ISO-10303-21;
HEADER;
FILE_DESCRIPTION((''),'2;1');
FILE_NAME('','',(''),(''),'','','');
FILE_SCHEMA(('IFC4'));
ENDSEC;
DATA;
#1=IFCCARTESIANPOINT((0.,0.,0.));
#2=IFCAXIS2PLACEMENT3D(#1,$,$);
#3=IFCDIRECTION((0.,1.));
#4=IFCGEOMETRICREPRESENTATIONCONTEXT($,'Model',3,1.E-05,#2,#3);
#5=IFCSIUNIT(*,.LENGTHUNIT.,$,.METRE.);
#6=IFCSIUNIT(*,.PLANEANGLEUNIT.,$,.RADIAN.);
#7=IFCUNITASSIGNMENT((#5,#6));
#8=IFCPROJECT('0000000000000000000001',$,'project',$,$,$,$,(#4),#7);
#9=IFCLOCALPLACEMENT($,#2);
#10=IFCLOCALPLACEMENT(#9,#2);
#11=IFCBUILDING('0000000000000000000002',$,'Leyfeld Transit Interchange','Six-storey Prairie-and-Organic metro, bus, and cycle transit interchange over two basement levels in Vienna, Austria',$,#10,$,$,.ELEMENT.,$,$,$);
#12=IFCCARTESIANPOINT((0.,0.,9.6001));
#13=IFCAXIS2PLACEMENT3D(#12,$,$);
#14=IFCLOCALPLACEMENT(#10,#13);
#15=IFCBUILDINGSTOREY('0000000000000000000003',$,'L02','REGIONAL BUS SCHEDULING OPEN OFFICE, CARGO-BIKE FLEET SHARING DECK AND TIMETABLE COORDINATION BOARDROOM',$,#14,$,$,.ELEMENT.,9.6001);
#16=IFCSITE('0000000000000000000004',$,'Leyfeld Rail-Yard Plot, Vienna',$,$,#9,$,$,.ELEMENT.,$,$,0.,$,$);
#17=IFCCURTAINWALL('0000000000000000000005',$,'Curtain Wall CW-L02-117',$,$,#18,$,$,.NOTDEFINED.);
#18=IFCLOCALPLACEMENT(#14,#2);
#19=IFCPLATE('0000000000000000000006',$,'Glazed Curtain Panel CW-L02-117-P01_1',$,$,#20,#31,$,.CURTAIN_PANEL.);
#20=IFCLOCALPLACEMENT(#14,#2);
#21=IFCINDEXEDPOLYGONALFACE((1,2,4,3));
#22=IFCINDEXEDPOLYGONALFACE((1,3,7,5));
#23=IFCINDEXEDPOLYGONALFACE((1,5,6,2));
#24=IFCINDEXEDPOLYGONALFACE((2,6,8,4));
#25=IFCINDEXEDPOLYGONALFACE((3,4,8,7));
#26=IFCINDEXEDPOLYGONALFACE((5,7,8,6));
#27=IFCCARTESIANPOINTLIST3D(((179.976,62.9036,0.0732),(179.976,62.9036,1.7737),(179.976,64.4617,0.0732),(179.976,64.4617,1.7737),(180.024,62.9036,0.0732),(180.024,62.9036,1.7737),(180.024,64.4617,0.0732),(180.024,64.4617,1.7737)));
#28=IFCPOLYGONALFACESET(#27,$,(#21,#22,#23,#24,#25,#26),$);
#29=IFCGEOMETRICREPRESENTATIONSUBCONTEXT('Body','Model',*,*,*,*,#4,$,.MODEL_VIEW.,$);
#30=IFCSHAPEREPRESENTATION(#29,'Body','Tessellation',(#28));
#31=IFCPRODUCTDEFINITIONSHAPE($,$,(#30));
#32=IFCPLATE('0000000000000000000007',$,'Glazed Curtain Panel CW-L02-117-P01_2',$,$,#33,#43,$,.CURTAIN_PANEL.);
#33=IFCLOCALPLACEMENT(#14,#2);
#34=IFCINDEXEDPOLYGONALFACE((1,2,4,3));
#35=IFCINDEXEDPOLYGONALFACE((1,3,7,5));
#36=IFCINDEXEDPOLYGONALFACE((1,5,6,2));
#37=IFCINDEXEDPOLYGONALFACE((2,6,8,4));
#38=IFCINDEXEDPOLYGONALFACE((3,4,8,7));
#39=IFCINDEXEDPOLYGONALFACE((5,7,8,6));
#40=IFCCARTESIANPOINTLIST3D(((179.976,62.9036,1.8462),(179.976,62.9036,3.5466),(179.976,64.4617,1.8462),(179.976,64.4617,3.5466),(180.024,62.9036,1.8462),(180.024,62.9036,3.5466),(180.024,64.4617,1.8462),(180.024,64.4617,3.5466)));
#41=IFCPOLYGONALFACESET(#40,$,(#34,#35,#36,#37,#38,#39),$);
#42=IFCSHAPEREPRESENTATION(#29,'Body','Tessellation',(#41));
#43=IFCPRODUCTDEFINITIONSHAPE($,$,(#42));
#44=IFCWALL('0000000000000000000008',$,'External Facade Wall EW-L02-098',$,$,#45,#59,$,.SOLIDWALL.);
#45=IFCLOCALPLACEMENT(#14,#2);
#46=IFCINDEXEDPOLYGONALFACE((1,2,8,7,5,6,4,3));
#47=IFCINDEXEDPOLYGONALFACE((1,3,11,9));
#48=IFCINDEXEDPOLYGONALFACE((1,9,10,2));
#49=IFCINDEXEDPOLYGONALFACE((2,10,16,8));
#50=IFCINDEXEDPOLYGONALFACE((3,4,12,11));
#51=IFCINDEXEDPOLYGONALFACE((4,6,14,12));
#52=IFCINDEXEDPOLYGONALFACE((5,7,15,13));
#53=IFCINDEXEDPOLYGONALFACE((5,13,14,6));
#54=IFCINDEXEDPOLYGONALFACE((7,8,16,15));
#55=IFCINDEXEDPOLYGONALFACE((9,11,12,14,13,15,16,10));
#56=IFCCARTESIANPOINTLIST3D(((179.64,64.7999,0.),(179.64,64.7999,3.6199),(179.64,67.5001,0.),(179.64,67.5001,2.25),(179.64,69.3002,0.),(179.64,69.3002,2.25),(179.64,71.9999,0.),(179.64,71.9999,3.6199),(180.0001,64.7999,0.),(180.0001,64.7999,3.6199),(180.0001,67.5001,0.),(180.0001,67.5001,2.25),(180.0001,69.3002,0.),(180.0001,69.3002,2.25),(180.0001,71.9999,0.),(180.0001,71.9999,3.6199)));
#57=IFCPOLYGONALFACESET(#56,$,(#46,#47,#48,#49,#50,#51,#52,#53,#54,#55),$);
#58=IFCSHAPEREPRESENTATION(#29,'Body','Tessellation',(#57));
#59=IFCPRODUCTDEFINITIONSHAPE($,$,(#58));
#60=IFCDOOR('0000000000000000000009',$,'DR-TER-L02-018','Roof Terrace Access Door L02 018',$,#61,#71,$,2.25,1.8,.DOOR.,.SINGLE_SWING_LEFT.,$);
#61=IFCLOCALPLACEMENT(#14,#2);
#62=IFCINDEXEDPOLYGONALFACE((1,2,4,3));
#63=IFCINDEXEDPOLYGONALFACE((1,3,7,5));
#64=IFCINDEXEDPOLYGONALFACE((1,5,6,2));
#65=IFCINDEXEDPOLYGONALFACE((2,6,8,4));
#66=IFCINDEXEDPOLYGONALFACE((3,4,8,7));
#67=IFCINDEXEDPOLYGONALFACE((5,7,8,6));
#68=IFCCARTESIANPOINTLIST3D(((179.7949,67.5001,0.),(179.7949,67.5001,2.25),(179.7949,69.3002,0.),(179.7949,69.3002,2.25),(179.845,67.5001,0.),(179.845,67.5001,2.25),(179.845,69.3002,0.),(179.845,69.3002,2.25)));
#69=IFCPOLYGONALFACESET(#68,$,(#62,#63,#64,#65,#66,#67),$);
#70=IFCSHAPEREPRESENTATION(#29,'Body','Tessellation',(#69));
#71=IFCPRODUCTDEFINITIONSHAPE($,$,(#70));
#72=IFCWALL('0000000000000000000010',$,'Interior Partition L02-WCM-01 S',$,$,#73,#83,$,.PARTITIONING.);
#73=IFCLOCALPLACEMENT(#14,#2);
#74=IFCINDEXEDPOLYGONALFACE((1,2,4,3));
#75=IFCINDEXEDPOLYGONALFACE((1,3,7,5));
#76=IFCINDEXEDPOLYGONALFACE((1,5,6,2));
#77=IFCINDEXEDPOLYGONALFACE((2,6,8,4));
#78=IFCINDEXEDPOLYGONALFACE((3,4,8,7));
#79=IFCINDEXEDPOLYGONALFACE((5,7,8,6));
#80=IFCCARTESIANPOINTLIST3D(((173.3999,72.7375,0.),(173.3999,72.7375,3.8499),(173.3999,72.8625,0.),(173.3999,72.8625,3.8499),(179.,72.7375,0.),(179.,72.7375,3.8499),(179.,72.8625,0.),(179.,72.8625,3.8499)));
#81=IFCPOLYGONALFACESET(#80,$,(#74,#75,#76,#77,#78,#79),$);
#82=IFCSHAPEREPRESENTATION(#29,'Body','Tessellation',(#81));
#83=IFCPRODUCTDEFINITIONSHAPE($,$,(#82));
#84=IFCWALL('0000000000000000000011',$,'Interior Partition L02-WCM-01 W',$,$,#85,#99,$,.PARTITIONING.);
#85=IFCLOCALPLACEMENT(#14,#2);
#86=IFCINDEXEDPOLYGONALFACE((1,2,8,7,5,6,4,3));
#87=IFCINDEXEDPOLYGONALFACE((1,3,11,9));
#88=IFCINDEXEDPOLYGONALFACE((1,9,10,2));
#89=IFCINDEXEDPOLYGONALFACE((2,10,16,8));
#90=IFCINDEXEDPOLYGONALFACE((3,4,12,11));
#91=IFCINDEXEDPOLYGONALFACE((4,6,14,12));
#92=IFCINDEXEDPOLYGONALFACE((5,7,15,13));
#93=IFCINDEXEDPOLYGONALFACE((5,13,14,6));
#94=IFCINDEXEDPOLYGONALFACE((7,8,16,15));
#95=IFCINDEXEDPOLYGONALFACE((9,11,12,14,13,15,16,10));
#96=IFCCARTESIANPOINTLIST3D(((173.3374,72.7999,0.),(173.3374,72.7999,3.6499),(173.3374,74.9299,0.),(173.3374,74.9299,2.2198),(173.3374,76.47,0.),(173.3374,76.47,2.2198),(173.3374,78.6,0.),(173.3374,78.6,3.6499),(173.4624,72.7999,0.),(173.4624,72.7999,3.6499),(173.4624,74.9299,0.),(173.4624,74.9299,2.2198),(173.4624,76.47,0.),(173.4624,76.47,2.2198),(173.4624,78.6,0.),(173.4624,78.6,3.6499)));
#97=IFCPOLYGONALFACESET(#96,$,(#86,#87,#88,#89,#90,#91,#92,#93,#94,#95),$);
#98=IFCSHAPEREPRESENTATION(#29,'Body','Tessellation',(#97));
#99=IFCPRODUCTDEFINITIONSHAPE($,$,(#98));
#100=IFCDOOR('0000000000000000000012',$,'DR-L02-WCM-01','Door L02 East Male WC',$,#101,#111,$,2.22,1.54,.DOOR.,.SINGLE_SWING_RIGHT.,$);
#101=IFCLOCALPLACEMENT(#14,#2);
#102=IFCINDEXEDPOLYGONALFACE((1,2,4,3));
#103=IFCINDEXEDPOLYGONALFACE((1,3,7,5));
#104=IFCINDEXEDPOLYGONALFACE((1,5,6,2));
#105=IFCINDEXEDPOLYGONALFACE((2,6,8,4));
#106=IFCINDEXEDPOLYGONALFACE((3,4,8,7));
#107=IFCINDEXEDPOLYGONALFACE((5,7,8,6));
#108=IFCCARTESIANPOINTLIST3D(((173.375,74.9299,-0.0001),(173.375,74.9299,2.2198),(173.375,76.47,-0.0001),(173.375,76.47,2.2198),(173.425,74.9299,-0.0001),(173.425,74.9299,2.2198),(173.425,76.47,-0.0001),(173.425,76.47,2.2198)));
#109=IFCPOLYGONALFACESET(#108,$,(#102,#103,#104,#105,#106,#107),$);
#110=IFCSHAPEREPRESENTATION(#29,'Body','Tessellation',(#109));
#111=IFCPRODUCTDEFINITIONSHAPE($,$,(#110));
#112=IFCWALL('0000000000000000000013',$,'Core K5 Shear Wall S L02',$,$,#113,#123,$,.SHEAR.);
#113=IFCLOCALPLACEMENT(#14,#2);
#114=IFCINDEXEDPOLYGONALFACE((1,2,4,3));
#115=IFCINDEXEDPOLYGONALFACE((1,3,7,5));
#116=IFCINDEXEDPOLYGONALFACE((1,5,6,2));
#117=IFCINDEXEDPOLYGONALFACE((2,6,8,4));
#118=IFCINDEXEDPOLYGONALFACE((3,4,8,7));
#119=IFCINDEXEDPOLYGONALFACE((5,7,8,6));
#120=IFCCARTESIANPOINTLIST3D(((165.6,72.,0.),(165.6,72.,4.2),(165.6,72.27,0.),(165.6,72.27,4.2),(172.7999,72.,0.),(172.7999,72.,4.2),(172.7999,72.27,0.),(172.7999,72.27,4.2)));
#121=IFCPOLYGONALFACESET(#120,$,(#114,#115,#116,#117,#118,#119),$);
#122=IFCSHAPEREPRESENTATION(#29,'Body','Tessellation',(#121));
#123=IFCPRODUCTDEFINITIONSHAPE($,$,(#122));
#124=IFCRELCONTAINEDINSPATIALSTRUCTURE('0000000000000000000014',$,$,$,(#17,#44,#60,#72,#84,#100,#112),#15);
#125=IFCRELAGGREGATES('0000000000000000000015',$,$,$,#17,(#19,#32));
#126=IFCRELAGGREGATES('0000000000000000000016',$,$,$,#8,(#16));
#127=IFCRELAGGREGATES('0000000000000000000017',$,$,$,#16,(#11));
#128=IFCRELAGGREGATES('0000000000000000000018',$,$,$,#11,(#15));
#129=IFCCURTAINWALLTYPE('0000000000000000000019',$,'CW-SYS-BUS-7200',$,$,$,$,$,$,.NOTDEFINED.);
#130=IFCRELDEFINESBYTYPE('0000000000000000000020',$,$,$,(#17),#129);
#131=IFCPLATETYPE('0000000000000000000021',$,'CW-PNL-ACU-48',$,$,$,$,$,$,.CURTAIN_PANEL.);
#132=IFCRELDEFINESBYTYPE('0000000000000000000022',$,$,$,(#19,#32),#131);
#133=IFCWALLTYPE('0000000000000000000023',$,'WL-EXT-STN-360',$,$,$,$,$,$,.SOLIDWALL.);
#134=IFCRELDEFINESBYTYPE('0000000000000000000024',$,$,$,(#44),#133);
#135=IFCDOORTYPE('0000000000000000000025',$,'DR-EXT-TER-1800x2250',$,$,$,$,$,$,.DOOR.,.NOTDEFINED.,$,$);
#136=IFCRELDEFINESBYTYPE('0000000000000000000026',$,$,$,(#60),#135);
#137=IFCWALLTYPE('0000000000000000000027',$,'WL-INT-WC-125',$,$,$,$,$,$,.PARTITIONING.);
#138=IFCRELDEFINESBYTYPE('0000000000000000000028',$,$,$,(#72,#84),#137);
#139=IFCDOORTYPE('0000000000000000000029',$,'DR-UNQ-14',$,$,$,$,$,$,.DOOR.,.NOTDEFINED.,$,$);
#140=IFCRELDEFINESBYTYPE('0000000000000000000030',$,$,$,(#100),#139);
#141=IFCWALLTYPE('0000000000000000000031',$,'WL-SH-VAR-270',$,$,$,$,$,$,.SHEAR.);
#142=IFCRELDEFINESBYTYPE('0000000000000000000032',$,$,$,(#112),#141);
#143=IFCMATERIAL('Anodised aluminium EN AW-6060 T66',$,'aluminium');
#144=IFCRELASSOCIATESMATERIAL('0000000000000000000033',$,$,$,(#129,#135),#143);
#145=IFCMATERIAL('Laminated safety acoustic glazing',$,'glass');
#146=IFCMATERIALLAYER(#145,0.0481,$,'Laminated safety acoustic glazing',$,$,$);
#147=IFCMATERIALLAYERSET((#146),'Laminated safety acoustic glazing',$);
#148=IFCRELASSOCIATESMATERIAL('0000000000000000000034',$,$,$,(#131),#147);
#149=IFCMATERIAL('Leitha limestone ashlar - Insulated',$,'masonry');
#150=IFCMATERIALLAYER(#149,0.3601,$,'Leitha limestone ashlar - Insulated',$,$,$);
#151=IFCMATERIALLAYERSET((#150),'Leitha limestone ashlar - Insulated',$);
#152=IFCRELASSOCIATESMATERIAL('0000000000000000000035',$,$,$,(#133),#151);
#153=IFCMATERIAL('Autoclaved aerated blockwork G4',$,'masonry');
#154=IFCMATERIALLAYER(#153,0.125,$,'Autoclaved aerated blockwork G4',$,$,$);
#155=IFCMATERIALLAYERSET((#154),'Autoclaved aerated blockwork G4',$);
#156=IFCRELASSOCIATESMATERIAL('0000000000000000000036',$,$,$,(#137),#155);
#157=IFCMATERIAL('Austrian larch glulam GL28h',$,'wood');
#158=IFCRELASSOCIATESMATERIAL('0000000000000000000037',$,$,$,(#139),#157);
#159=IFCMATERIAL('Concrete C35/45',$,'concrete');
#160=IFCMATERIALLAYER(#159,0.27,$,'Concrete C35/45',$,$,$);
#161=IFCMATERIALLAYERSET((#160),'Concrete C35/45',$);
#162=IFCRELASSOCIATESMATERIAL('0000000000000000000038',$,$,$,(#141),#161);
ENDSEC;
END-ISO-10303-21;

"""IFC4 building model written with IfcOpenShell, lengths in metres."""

from ifc_helpers import new_model, si_unit, direction, frame, frame_2d, origin, origin_2d, place, context, subcontext, project, spatial, rectangle, extrude, material, layer, layer_set, type_object, element, fill, aggregate, save


model = new_model("IFC4")

# Units and contexts
model_context = context("Model", 3, precision=1e-05, world=origin(), true_north=direction((0.0, 1.0)))
body_context = subcontext(model_context, "Body", "Model", "MODEL_VIEW")
ifc_project = project(units=[si_unit("LENGTHUNIT", "METRE"), si_unit("PLANEANGLEUNIT", "RADIAN")], contexts=[model_context])

# Site, building, storey
site_placement = place(None, origin())
site = spatial("IfcSite", under=ifc_project, at=site_placement, Name="Leyfeld Rail-Yard Plot, Vienna", CompositionType="ELEMENT", RefElevation=0.0)
building_placement = place(site_placement, origin())
building = spatial("IfcBuilding", under=site, at=building_placement, Name="Leyfeld Transit Interchange", Description="Six-storey Prairie-and-Organic metro, bus, and cycle transit interchange over two basement levels in Vienna, Austria", CompositionType="ELEMENT")
storey_placement = place(building_placement, frame((0.0, 0.0, 9.6001)))
storey = spatial("IfcBuildingStorey", under=building, at=storey_placement, Name="L02", Description="REGIONAL BUS SCHEDULING OPEN OFFICE, CARGO-BIKE FLEET SHARING DECK AND TIMETABLE COORDINATION BOARDROOM", CompositionType="ELEMENT", Elevation=9.6001)

# Shared definitions
ifc_material_1 = material(Name="Concrete C35/45", Category="concrete")

# Curtain wall
ifc_material_2 = material(Name="Anodised aluminium EN AW-6060 T66", Category="aluminium")
curtain_wall_type = type_object("IfcCurtainWallType", Name="CW-SYS-BUS-7200", PredefinedType="NOTDEFINED", material=ifc_material_2)
curtain_wall_1_placement = place(storey_placement, origin())
curtain_wall_1 = element("IfcCurtainWall", 1, at=curtain_wall_1_placement, inside=storey, type_object=curtain_wall_type, Name="Curtain Wall CW-L02-117", PredefinedType="NOTDEFINED")

# Plates
ifc_material_3 = material(Name="Laminated safety acoustic glazing", Category="glass")
ifc_layer_1 = layer(ifc_material_3, 0.0481, Name="Laminated safety acoustic glazing")
ifc_layer_set_1 = layer_set([ifc_layer_1], Name="Laminated safety acoustic glazing")
plate_type = type_object("IfcPlateType", Name="CW-PNL-ACU-48", PredefinedType="CURTAIN_PANEL", material=ifc_layer_set_1)
plate_1_placement = place(storey_placement, frame((180.0, 63.6826, 0.0732), z_axis=(0.0, 0.0, 1.0), x_axis=(0.0, -1.0, 0.0)))
plate_1 = element("IfcPlate", 2, at=plate_1_placement, type_object=plate_type, Name="Glazed Curtain Panel CW-L02-117-P01_1", PredefinedType="CURTAIN_PANEL", context=body_context, shape_type="SweptSolid", body=[
    extrude(rectangle(XDim=1.5581, YDim=0.0481, at=origin_2d()), origin(), (0.0, 0.0, 1.0), 1.7004),
])
plate_2_placement = place(storey_placement, frame((180.0, 63.6826, 1.8462), z_axis=(0.0, 0.0, 1.0), x_axis=(0.0, -1.0, 0.0)))
plate_2 = element("IfcPlate", 3, at=plate_2_placement, type_object=plate_type, Name="Glazed Curtain Panel CW-L02-117-P01_2", PredefinedType="CURTAIN_PANEL", context=body_context, shape_type="SweptSolid", body=[
    extrude(rectangle(XDim=1.5581, YDim=0.0481, at=origin_2d()), origin(), (0.0, 0.0, 1.0), 1.7004),
])
aggregate(curtain_wall_1, [plate_1, plate_2])

# Wall, opening, door
ifc_material_4 = material(Name="Leitha limestone ashlar - Insulated", Category="masonry")
ifc_layer_2 = layer(ifc_material_4, 0.3601, Name="Leitha limestone ashlar - Insulated")
ifc_layer_set_2 = layer_set([ifc_layer_2], Name="Leitha limestone ashlar - Insulated")
wall_type_1 = type_object("IfcWallType", Name="WL-EXT-STN-360", PredefinedType="SOLIDWALL", material=ifc_layer_set_2)
wall_1_placement = place(storey_placement, frame((179.8201, 72.0, 0.0), z_axis=(0.0, 0.0, 1.0), x_axis=(0.0, -1.0, 0.0)))
wall_1 = element("IfcWall", 4, at=wall_1_placement, inside=storey, type_object=wall_type_1, Name="External Facade Wall EW-L02-098", PredefinedType="SOLIDWALL", context=body_context, shape_type="SweptSolid", body=[
    extrude(rectangle(XDim=7.2, YDim=0.3601, at=frame_2d((3.6001, 0.0))), origin(), (0.0, 0.0, 1.0), 3.6199),
])
opening_1_placement = place(wall_1_placement, frame((2.7, 0.0, 0.0)))
opening_1 = element("IfcOpeningElement", 5, at=opening_1_placement, cuts=wall_1, PredefinedType="OPENING", context=body_context, shape_type="SweptSolid", body=[
    extrude(rectangle(XDim=1.8, YDim=2.25, at=frame_2d((0.8999, 1.125))), frame((0.0, 0.1899, 0.0), z_axis=(0.0, -1.0, 0.0), x_axis=(1.0, 0.0, 0.0)), (0.0, 0.0, 1.0), 0.3801),
])
door_type_1 = type_object("IfcDoorType", Name="DR-EXT-TER-1800x2250", OperationType="NOTDEFINED", PredefinedType="DOOR", material=ifc_material_2)
door_1_placement = place(opening_1_placement, origin())
door_1 = element("IfcDoor", 6, at=door_1_placement, inside=storey, type_object=door_type_1, Name="DR-TER-L02-018", Description="Roof Terrace Access Door L02 018", OperationType="SINGLE_SWING_LEFT", OverallHeight=2.25, OverallWidth=1.8, PredefinedType="DOOR", context=body_context, shape_type="SweptSolid", body=[
    extrude(rectangle(XDim=1.8, YDim=2.25, at=frame_2d((0.8999, 1.125))), frame((0.0, 0.0249, 0.0), z_axis=(0.0, -1.0, 0.0), x_axis=(1.0, 0.0, 0.0)), (0.0, 0.0, 1.0), 0.05),
])
fill(opening_1, door_1)

# Wall
ifc_material_5 = material(Name="Autoclaved aerated blockwork G4", Category="masonry")
ifc_layer_3 = layer(ifc_material_5, 0.125, Name="Autoclaved aerated blockwork G4")
ifc_layer_set_3 = layer_set([ifc_layer_3], Name="Autoclaved aerated blockwork G4")
wall_type_2 = type_object("IfcWallType", Name="WL-INT-WC-125", PredefinedType="PARTITIONING", material=ifc_layer_set_3)
wall_2_placement = place(storey_placement, frame((179.0, 72.8, 0.0), z_axis=(0.0, 0.0, 1.0), x_axis=(-1.0, 0.0, 0.0)))
element("IfcWall", 7, at=wall_2_placement, inside=storey, type_object=wall_type_2, Name="Interior Partition L02-WCM-01 S", PredefinedType="PARTITIONING", context=body_context, shape_type="SweptSolid", body=[
    extrude(rectangle(XDim=5.6001, YDim=0.125, at=frame_2d((2.8, 0.0))), origin(), (0.0, 0.0, 1.0), 3.8499),
])

# Wall, opening, door
wall_3_placement = place(storey_placement, frame((173.3999, 72.8, 0.0), z_axis=(0.0, 0.0, 1.0), x_axis=(0.0, 1.0, 0.0)))
wall_3 = element("IfcWall", 8, at=wall_3_placement, inside=storey, type_object=wall_type_2, Name="Interior Partition L02-WCM-01 W", PredefinedType="PARTITIONING", context=body_context, shape_type="SweptSolid", body=[
    extrude(rectangle(XDim=5.8, YDim=0.125, at=frame_2d((2.8999, 0.0))), origin(), (0.0, 0.0, 1.0), 3.6499),
])
opening_2_placement = place(wall_3_placement, frame((2.1299, 0.0, 0.0)))
opening_2 = element("IfcOpeningElement", 9, at=opening_2_placement, cuts=wall_3, PredefinedType="OPENING", context=body_context, shape_type="SweptSolid", body=[
    extrude(rectangle(XDim=1.54, YDim=2.22, at=frame_2d((0.77, 1.1099))), frame((0.0, 0.0725, 0.0), z_axis=(0.0, -1.0, 0.0), x_axis=(1.0, 0.0, 0.0)), (0.0, 0.0, 1.0), 0.145),
])
ifc_material_6 = material(Name="Austrian larch glulam GL28h", Category="wood")
door_type_2 = type_object("IfcDoorType", Name="DR-UNQ-14", OperationType="NOTDEFINED", PredefinedType="DOOR", material=ifc_material_6)
door_2_placement = place(opening_2_placement, origin())
door_2 = element("IfcDoor", 10, at=door_2_placement, inside=storey, type_object=door_type_2, Name="DR-L02-WCM-01", Description="Door L02 East Male WC", OperationType="SINGLE_SWING_RIGHT", OverallHeight=2.22, OverallWidth=1.54, PredefinedType="DOOR", context=body_context, shape_type="SweptSolid", body=[
    extrude(rectangle(XDim=1.54, YDim=2.22, at=frame_2d((0.77, 1.1099))), frame((0.0, 0.0249, 0.0), z_axis=(0.0, -1.0, 0.0), x_axis=(1.0, 0.0, 0.0)), (0.0, 0.0, 1.0), 0.05),
])
fill(opening_2, door_2)

# Wall
ifc_layer_4 = layer(ifc_material_1, 0.27, Name="Concrete C35/45")
ifc_layer_set_4 = layer_set([ifc_layer_4], Name="Concrete C35/45")
wall_type_3 = type_object("IfcWallType", Name="WL-SH-VAR-270", PredefinedType="SHEAR", material=ifc_layer_set_4)
wall_4_placement = place(storey_placement, frame((172.8, 72.135, 0.0), z_axis=(0.0, 0.0, 1.0), x_axis=(-1.0, 0.0, 0.0)))
element("IfcWall", 11, at=wall_4_placement, inside=storey, type_object=wall_type_3, Name="Core K5 Shear Wall S L02", PredefinedType="SHEAR", context=body_context, shape_type="SweptSolid", body=[
    extrude(rectangle(XDim=7.2, YDim=0.27, at=frame_2d((3.6001, 0.0))), origin(), (0.0, 0.0, 1.0), 4.2),
])

save(model, "model.ifc")
